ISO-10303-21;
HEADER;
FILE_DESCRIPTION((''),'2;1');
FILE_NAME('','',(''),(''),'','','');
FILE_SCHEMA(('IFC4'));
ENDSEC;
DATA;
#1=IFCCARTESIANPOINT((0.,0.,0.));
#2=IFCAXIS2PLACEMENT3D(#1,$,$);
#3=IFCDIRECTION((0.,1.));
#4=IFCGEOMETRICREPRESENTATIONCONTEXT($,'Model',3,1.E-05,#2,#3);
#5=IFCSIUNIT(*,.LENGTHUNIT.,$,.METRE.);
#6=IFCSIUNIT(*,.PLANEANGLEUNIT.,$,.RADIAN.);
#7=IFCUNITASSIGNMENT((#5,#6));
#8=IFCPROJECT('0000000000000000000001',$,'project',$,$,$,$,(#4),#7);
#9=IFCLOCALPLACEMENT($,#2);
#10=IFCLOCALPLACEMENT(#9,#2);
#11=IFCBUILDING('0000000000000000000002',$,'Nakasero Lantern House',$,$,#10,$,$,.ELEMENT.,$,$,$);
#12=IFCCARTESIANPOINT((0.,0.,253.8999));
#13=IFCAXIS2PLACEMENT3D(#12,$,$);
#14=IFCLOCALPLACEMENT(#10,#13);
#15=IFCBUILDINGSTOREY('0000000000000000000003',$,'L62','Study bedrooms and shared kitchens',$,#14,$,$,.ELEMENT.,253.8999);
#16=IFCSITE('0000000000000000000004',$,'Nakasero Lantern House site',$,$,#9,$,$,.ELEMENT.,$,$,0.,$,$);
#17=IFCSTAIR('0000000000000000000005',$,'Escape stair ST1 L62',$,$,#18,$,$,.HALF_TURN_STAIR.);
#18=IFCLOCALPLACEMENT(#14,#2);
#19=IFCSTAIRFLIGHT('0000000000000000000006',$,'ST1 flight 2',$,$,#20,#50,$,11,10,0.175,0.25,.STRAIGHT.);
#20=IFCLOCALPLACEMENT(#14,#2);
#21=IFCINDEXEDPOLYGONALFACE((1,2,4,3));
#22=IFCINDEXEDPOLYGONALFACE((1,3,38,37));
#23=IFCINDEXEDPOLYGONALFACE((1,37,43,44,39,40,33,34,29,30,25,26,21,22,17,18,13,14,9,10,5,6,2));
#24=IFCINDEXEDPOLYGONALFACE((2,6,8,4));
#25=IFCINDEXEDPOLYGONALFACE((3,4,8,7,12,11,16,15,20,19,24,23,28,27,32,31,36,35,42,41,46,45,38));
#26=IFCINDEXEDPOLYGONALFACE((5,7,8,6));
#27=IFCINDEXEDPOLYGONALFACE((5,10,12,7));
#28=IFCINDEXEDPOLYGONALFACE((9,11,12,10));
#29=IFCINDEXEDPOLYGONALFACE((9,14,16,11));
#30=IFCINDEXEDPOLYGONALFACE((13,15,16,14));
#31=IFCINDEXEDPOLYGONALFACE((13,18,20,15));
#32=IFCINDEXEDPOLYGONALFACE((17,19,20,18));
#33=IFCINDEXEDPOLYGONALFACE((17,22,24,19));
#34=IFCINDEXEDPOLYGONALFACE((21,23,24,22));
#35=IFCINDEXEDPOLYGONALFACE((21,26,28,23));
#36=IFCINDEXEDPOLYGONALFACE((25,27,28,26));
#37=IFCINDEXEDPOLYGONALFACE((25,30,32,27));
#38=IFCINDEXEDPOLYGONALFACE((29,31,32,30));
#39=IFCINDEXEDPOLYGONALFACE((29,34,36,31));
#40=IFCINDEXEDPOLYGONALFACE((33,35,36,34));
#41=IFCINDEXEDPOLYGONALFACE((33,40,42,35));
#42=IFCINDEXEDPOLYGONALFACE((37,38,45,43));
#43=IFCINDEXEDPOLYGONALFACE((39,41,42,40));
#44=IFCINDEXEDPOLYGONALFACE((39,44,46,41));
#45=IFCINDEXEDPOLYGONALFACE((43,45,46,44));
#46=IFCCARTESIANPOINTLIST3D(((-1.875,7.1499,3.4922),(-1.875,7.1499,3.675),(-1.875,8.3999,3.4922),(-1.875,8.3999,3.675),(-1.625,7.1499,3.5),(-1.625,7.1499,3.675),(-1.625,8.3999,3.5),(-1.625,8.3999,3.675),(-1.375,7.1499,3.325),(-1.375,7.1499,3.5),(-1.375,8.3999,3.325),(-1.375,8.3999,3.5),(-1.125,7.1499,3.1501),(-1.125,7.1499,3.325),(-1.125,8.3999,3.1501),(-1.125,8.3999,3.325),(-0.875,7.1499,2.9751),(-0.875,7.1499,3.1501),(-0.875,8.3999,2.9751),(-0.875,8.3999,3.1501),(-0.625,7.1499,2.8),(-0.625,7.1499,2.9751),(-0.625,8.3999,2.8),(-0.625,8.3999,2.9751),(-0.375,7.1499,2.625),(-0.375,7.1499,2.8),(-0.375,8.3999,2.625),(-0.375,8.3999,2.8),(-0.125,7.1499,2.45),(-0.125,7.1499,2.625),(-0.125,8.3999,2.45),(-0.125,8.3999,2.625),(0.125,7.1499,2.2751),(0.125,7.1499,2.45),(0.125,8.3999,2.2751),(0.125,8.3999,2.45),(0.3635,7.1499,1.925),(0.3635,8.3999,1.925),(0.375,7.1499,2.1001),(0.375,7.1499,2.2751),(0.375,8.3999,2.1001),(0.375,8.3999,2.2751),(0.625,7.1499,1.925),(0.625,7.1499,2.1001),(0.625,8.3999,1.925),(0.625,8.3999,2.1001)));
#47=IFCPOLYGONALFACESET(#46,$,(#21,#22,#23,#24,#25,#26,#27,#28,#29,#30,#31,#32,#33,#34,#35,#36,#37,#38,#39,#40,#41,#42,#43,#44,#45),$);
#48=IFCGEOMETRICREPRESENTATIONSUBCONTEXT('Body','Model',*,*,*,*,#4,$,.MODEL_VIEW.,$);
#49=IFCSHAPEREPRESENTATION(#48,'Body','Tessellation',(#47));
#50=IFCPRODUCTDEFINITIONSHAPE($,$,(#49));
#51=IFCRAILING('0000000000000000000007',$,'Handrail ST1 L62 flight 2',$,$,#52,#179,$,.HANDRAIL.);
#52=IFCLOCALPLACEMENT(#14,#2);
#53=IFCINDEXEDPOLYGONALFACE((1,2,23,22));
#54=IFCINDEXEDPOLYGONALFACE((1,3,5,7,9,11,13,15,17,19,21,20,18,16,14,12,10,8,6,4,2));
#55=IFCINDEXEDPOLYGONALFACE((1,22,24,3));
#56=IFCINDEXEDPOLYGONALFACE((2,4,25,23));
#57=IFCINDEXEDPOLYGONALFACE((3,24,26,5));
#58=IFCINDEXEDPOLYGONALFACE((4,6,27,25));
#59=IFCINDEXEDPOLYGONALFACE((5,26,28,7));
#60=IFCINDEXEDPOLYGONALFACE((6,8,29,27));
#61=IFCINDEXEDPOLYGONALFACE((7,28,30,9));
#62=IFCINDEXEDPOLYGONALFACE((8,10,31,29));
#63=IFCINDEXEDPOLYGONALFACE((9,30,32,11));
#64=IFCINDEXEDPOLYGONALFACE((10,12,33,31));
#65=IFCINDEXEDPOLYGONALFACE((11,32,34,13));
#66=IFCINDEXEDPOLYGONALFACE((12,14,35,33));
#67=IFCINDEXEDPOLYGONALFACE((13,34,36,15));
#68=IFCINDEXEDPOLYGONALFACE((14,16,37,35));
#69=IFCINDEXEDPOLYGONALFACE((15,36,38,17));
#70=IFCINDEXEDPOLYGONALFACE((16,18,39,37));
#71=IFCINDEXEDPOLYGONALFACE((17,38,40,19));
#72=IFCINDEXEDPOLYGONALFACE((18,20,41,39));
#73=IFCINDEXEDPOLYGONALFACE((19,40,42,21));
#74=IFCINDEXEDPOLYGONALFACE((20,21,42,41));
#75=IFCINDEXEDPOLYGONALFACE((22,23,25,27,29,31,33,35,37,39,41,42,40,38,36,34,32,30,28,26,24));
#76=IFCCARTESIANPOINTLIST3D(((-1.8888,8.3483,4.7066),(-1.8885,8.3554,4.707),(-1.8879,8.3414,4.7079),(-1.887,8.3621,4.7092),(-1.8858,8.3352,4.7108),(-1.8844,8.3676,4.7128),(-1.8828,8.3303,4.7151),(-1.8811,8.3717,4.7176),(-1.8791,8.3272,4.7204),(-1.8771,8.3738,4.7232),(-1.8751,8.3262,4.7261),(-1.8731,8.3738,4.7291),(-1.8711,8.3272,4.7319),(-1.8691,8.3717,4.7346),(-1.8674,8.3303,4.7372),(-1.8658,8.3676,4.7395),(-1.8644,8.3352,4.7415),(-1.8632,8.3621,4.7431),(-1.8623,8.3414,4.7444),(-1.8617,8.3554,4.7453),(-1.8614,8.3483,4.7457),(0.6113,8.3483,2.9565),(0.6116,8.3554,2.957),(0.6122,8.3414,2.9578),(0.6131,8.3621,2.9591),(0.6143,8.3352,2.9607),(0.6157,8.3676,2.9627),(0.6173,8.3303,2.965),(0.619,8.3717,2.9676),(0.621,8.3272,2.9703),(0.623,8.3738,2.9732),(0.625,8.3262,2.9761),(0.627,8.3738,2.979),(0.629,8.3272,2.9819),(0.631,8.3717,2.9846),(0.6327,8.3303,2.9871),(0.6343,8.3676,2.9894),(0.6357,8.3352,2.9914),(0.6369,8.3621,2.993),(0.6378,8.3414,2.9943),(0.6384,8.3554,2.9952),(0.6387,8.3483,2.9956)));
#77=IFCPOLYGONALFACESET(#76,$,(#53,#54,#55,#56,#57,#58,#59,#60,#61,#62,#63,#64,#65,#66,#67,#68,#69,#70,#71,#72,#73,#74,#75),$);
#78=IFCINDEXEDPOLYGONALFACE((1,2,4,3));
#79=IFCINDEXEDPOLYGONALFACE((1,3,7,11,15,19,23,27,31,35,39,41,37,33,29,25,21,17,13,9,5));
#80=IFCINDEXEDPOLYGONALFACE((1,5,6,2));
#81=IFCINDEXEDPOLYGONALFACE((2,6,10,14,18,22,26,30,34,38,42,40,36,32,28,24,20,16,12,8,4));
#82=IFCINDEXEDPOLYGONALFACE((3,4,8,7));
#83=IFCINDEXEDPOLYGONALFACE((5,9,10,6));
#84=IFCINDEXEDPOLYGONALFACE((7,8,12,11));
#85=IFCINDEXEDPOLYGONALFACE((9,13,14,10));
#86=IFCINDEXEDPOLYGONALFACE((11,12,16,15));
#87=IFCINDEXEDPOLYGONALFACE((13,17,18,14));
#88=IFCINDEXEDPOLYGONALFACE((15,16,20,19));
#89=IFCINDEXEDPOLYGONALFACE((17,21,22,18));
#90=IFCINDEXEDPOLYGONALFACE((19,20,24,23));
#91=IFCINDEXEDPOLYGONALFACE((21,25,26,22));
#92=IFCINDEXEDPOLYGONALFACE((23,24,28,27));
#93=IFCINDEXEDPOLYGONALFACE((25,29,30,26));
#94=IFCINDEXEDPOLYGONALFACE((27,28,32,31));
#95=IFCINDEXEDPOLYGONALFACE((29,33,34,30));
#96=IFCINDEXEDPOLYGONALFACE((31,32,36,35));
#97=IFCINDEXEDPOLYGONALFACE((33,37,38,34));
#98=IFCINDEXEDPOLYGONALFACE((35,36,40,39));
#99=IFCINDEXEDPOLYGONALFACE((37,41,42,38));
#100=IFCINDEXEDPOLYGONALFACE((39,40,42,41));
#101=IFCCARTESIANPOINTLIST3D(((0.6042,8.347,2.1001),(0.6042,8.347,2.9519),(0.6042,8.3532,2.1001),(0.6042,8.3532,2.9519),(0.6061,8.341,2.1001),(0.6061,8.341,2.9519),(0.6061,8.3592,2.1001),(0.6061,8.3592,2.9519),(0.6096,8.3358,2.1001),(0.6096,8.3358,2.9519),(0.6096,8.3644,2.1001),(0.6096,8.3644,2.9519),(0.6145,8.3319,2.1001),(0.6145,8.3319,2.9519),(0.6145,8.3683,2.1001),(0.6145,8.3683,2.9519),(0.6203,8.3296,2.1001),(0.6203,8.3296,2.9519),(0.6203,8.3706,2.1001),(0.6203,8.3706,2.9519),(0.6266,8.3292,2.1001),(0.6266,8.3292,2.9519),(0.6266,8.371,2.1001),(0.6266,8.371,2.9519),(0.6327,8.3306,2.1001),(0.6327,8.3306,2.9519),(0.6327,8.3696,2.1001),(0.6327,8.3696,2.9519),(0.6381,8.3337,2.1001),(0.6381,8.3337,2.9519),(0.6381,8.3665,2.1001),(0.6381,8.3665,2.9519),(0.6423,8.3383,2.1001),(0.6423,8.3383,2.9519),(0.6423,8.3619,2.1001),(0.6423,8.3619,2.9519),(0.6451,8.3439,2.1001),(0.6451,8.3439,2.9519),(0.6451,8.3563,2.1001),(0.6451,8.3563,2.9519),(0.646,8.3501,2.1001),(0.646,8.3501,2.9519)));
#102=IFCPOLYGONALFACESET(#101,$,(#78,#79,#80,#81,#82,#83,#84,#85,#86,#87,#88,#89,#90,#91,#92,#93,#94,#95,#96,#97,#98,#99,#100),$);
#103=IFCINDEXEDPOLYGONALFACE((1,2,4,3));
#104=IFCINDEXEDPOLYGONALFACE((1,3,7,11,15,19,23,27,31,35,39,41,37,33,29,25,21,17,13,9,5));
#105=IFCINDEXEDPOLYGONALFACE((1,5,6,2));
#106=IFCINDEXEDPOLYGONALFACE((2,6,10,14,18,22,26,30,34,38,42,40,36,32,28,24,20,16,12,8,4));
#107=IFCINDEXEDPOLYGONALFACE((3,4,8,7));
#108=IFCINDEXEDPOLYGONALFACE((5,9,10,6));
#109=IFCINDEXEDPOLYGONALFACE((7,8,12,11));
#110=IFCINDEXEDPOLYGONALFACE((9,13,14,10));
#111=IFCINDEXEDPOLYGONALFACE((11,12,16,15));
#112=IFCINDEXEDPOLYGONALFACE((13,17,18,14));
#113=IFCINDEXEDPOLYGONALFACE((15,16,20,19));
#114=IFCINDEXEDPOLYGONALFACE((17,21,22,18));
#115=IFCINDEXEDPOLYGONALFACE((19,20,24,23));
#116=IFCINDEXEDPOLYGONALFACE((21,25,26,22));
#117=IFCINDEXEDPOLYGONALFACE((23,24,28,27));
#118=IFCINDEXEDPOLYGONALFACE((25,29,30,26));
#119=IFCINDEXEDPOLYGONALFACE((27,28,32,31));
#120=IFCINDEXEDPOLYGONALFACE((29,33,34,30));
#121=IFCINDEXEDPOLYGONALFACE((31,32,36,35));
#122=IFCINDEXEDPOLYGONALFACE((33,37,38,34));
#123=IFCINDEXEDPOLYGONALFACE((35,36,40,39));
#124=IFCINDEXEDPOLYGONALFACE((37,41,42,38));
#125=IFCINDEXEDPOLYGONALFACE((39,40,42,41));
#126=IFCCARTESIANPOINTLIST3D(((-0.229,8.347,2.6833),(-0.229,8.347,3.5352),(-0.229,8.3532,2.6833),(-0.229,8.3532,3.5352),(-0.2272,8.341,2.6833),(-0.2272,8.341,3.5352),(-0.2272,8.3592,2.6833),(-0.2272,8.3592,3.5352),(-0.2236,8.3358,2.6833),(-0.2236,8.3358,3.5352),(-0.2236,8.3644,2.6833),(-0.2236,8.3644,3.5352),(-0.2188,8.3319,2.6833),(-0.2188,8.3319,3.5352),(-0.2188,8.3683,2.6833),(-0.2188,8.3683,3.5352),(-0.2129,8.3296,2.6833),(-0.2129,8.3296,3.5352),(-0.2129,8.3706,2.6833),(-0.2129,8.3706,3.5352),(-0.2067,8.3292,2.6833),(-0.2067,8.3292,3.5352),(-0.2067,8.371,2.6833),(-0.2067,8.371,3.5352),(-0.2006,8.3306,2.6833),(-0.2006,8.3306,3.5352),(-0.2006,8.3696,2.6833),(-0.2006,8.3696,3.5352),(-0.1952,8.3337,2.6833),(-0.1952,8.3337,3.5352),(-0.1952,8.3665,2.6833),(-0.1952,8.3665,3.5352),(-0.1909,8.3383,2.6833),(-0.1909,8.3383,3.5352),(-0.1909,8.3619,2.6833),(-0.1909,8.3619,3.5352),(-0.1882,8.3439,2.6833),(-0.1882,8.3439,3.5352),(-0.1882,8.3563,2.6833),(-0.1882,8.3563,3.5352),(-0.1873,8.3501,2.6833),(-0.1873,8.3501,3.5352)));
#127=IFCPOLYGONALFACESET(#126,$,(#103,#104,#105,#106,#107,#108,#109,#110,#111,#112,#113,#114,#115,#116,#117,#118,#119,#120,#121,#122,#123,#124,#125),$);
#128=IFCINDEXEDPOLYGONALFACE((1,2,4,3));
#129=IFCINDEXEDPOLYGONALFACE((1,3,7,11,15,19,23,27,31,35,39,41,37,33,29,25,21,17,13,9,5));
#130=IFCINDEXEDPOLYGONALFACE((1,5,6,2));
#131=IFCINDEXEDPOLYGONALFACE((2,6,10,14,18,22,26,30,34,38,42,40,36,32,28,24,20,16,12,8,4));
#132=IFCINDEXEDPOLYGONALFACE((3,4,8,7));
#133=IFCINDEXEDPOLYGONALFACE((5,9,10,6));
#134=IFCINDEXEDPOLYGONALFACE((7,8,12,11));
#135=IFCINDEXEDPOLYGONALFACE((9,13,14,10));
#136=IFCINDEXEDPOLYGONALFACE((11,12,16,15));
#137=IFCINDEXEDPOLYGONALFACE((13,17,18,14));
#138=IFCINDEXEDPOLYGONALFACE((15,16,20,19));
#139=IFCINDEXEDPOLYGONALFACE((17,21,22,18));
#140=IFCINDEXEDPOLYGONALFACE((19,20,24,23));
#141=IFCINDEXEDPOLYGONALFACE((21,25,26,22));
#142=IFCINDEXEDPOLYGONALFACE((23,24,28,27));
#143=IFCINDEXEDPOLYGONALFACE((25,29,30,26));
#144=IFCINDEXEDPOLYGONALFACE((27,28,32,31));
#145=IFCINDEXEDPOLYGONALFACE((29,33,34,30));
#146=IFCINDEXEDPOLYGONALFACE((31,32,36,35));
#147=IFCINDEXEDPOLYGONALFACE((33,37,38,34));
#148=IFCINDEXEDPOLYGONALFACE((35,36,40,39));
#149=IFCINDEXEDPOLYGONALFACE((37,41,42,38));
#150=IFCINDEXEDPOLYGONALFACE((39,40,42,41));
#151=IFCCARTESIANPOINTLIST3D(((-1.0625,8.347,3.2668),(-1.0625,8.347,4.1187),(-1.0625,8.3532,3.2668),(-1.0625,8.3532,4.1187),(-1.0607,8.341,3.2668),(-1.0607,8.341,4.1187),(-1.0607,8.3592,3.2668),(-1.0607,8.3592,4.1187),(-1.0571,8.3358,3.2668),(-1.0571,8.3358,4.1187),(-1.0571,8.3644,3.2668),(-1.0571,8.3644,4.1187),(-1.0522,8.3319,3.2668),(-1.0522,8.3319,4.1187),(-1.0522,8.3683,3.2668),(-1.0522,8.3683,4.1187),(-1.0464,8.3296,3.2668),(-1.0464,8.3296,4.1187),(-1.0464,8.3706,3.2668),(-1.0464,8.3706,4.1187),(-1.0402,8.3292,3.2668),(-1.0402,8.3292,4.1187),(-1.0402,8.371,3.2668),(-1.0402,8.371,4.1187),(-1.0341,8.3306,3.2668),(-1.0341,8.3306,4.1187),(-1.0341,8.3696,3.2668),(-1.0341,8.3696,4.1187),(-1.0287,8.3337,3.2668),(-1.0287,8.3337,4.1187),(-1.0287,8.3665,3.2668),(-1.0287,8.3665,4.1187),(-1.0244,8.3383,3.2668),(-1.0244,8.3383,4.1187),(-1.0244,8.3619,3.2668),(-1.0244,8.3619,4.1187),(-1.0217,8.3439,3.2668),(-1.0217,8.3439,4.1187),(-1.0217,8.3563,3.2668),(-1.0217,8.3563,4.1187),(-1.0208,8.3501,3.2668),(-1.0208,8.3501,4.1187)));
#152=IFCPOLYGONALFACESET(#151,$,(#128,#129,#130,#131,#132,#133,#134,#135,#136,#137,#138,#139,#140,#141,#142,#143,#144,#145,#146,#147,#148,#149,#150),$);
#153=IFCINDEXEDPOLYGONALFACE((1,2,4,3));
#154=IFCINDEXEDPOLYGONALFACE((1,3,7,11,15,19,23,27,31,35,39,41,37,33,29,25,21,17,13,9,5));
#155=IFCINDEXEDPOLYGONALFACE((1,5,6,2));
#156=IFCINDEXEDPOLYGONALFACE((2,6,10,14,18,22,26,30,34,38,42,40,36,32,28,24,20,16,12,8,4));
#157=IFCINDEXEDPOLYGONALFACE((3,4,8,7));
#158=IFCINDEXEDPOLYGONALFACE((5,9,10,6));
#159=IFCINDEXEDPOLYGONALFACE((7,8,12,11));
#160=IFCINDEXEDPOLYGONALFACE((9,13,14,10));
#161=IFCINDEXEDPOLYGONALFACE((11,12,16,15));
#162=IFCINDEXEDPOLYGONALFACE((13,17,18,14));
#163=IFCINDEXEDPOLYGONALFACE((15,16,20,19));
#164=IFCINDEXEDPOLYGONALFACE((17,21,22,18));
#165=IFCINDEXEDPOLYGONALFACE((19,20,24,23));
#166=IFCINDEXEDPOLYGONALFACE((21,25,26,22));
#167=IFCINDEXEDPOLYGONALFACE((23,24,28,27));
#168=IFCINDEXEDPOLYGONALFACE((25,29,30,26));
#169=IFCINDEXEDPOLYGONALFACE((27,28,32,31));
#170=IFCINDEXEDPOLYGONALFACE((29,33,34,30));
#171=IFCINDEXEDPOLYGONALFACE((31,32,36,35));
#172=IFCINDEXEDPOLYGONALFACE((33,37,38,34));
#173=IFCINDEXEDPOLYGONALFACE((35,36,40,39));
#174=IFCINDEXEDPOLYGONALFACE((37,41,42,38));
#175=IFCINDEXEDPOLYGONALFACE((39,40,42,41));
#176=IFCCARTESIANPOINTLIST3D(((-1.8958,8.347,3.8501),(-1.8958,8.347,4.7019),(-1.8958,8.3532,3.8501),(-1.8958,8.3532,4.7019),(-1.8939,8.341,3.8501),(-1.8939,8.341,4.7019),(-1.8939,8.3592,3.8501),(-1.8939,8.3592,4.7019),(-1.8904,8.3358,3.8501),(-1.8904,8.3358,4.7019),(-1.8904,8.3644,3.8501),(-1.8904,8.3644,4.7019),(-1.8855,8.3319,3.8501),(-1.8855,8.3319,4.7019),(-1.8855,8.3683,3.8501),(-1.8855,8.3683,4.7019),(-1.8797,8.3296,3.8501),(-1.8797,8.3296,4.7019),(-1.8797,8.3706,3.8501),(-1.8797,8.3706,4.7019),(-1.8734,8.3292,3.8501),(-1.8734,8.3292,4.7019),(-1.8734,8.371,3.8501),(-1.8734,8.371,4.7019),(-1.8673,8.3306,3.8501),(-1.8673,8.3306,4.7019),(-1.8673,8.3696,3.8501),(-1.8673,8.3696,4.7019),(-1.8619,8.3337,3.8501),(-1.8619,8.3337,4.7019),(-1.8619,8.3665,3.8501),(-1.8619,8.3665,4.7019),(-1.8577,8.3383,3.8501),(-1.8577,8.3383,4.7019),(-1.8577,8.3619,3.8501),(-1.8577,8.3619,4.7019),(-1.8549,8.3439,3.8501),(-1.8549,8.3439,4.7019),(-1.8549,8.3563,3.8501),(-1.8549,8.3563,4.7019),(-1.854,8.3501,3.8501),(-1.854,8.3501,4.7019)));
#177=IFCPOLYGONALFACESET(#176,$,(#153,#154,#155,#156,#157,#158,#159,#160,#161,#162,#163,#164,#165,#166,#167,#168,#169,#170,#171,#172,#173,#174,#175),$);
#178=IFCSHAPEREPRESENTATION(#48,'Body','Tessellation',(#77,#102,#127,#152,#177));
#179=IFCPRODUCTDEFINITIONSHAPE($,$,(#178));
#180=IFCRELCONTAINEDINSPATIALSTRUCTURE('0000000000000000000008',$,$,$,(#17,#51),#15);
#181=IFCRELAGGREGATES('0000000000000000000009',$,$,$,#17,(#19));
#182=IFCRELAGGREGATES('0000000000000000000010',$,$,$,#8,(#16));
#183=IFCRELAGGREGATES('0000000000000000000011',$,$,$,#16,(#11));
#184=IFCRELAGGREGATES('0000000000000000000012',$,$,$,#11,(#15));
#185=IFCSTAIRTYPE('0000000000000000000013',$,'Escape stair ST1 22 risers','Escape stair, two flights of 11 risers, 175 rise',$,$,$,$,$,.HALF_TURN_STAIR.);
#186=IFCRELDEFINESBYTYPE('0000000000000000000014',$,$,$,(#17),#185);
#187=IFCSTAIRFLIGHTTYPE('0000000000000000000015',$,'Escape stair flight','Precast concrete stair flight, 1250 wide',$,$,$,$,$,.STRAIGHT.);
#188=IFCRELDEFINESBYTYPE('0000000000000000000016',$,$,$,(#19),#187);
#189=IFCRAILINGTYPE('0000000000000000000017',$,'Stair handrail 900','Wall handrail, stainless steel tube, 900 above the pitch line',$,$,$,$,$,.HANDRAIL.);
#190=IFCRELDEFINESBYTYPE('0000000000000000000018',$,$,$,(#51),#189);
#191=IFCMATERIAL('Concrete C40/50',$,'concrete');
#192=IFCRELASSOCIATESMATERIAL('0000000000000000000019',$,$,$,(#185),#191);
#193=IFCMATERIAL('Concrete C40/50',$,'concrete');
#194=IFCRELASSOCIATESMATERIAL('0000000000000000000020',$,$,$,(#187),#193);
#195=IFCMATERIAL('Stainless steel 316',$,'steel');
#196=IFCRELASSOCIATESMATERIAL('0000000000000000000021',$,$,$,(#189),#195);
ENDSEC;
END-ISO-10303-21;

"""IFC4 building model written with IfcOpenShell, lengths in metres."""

from ifc_helpers import new_model, si_unit, direction, frame, origin, origin_2d, place, context, subcontext, project, spatial, polyline, circle, outline, extrude, material, type_object, element, aggregate, save


model = new_model("IFC4")

# Units and contexts
model_context = context("Model", 3, precision=1e-05, world=origin(), true_north=direction((0.0, 1.0)))
body_context = subcontext(model_context, "Body", "Model", "MODEL_VIEW")
ifc_project = project(units=[si_unit("LENGTHUNIT", "METRE"), si_unit("PLANEANGLEUNIT", "RADIAN")], contexts=[model_context])

# Site, building, storey
site_placement = place(None, origin())
site = spatial("IfcSite", under=ifc_project, at=site_placement, Name="Nakasero Lantern House site", CompositionType="ELEMENT", RefElevation=0.0)
building_placement = place(site_placement, origin())
building = spatial("IfcBuilding", under=site, at=building_placement, Name="Nakasero Lantern House", CompositionType="ELEMENT")
storey_placement = place(building_placement, frame((0.0, 0.0, 253.8999)))
storey = spatial("IfcBuildingStorey", under=building, at=storey_placement, Name="L62", Description="Study bedrooms and shared kitchens", CompositionType="ELEMENT", Elevation=253.8999)

# Stair
ifc_material_1 = material(Name="Concrete C40/50", Category="concrete")
stair_type_1 = type_object("IfcStairType", Name="Escape stair ST1 22 risers", Description="Escape stair, two flights of 11 risers, 175 rise", PredefinedType="HALF_TURN_STAIR", material=ifc_material_1)
stair_1_placement = place(storey_placement, origin())
stair_1 = element("IfcStair", 1, at=stair_1_placement, inside=storey, type_object=stair_type_1, Name="Escape stair ST1 L62", PredefinedType="HALF_TURN_STAIR")

# Stair flight
ifc_material_2 = material(Name="Concrete C40/50", Category="concrete")
stair_flight_type = type_object("IfcStairFlightType", Name="Escape stair flight", Description="Precast concrete stair flight, 1250 wide", PredefinedType="STRAIGHT", material=ifc_material_2)
stair_flight_placement = place(storey_placement, frame((0.625, 7.7749, 1.925), z_axis=(0.0, 0.0, 1.0), x_axis=(-1.0, 0.0, 0.0)))
stair_flight = element("IfcStairFlight", 2, at=stair_flight_placement, type_object=stair_flight_type, Name="ST1 flight 2", NumberOfRisers=11, NumberOfTreads=10, PredefinedType="STRAIGHT", RiserHeight=0.175, TreadLength=0.25, context=body_context, shape_type="SweptSolid", body=[
    extrude(outline(polyline([(0.0, 0.0), (0.0, 0.175), (0.25, 0.175), (0.25, 0.3501), (0.5, 0.3501), (0.5, 0.5249), (0.75, 0.5249), (0.75, 0.7), (1.0, 0.7), (1.0, 0.875), (1.25, 0.875), (1.25, 1.05), (1.5, 1.05), (1.5, 1.2251), (1.75, 1.2251), (1.75, 1.3999), (2.0, 1.3999), (2.0, 1.575), (2.25, 1.575), (2.25, 1.75), (2.5, 1.75), (2.5, 1.925), (2.5, 1.5671), (0.2615, 0.0), (0.0, 0.0)])), frame((0.0, 0.625, 0.0), z_axis=(0.0, -1.0, 0.0), x_axis=(1.0, 0.0, 0.0)), (0.0, 0.0, 1.0), 1.25),
])
aggregate(stair_1, [stair_flight])

# Railing
ifc_material_3 = material(Name="Stainless steel 316", Category="steel")
railing_type = type_object("IfcRailingType", Name="Stair handrail 900", Description="Wall handrail, stainless steel tube, 900 above the pitch line", PredefinedType="HANDRAIL", material=ifc_material_3)
railing_placement = place(storey_placement, frame((0.625, 8.3501, 2.1001)))
element("IfcRailing", 3, at=railing_placement, inside=storey, type_object=railing_type, Name="Handrail ST1 L62 flight 2", PredefinedType="HANDRAIL", context=body_context, shape_type="SweptSolid", body=[
    extrude(circle(Radius=0.0239, at=origin_2d()), frame((0.0, 0.0, 0.876), z_axis=(-0.819232, 0.0, 0.573462), x_axis=(0.0, -1.0, 0.0)), (0.0, 0.0, 1.0), 3.0518),
    extrude(circle(Radius=0.021, at=origin_2d()), origin(), (0.0, 0.0, 1.0), 0.8518),
    extrude(circle(Radius=0.021, at=origin_2d()), frame((-0.8333, 0.0, 0.5833)), (0.0, 0.0, 1.0), 0.8518),
    extrude(circle(Radius=0.021, at=origin_2d()), frame((-1.6667, 0.0, 1.1667)), (0.0, 0.0, 1.0), 0.8518),
    extrude(circle(Radius=0.021, at=origin_2d()), frame((-2.5, 0.0, 1.75)), (0.0, 0.0, 1.0), 0.8518),
])

save(model, "model.ifc")
